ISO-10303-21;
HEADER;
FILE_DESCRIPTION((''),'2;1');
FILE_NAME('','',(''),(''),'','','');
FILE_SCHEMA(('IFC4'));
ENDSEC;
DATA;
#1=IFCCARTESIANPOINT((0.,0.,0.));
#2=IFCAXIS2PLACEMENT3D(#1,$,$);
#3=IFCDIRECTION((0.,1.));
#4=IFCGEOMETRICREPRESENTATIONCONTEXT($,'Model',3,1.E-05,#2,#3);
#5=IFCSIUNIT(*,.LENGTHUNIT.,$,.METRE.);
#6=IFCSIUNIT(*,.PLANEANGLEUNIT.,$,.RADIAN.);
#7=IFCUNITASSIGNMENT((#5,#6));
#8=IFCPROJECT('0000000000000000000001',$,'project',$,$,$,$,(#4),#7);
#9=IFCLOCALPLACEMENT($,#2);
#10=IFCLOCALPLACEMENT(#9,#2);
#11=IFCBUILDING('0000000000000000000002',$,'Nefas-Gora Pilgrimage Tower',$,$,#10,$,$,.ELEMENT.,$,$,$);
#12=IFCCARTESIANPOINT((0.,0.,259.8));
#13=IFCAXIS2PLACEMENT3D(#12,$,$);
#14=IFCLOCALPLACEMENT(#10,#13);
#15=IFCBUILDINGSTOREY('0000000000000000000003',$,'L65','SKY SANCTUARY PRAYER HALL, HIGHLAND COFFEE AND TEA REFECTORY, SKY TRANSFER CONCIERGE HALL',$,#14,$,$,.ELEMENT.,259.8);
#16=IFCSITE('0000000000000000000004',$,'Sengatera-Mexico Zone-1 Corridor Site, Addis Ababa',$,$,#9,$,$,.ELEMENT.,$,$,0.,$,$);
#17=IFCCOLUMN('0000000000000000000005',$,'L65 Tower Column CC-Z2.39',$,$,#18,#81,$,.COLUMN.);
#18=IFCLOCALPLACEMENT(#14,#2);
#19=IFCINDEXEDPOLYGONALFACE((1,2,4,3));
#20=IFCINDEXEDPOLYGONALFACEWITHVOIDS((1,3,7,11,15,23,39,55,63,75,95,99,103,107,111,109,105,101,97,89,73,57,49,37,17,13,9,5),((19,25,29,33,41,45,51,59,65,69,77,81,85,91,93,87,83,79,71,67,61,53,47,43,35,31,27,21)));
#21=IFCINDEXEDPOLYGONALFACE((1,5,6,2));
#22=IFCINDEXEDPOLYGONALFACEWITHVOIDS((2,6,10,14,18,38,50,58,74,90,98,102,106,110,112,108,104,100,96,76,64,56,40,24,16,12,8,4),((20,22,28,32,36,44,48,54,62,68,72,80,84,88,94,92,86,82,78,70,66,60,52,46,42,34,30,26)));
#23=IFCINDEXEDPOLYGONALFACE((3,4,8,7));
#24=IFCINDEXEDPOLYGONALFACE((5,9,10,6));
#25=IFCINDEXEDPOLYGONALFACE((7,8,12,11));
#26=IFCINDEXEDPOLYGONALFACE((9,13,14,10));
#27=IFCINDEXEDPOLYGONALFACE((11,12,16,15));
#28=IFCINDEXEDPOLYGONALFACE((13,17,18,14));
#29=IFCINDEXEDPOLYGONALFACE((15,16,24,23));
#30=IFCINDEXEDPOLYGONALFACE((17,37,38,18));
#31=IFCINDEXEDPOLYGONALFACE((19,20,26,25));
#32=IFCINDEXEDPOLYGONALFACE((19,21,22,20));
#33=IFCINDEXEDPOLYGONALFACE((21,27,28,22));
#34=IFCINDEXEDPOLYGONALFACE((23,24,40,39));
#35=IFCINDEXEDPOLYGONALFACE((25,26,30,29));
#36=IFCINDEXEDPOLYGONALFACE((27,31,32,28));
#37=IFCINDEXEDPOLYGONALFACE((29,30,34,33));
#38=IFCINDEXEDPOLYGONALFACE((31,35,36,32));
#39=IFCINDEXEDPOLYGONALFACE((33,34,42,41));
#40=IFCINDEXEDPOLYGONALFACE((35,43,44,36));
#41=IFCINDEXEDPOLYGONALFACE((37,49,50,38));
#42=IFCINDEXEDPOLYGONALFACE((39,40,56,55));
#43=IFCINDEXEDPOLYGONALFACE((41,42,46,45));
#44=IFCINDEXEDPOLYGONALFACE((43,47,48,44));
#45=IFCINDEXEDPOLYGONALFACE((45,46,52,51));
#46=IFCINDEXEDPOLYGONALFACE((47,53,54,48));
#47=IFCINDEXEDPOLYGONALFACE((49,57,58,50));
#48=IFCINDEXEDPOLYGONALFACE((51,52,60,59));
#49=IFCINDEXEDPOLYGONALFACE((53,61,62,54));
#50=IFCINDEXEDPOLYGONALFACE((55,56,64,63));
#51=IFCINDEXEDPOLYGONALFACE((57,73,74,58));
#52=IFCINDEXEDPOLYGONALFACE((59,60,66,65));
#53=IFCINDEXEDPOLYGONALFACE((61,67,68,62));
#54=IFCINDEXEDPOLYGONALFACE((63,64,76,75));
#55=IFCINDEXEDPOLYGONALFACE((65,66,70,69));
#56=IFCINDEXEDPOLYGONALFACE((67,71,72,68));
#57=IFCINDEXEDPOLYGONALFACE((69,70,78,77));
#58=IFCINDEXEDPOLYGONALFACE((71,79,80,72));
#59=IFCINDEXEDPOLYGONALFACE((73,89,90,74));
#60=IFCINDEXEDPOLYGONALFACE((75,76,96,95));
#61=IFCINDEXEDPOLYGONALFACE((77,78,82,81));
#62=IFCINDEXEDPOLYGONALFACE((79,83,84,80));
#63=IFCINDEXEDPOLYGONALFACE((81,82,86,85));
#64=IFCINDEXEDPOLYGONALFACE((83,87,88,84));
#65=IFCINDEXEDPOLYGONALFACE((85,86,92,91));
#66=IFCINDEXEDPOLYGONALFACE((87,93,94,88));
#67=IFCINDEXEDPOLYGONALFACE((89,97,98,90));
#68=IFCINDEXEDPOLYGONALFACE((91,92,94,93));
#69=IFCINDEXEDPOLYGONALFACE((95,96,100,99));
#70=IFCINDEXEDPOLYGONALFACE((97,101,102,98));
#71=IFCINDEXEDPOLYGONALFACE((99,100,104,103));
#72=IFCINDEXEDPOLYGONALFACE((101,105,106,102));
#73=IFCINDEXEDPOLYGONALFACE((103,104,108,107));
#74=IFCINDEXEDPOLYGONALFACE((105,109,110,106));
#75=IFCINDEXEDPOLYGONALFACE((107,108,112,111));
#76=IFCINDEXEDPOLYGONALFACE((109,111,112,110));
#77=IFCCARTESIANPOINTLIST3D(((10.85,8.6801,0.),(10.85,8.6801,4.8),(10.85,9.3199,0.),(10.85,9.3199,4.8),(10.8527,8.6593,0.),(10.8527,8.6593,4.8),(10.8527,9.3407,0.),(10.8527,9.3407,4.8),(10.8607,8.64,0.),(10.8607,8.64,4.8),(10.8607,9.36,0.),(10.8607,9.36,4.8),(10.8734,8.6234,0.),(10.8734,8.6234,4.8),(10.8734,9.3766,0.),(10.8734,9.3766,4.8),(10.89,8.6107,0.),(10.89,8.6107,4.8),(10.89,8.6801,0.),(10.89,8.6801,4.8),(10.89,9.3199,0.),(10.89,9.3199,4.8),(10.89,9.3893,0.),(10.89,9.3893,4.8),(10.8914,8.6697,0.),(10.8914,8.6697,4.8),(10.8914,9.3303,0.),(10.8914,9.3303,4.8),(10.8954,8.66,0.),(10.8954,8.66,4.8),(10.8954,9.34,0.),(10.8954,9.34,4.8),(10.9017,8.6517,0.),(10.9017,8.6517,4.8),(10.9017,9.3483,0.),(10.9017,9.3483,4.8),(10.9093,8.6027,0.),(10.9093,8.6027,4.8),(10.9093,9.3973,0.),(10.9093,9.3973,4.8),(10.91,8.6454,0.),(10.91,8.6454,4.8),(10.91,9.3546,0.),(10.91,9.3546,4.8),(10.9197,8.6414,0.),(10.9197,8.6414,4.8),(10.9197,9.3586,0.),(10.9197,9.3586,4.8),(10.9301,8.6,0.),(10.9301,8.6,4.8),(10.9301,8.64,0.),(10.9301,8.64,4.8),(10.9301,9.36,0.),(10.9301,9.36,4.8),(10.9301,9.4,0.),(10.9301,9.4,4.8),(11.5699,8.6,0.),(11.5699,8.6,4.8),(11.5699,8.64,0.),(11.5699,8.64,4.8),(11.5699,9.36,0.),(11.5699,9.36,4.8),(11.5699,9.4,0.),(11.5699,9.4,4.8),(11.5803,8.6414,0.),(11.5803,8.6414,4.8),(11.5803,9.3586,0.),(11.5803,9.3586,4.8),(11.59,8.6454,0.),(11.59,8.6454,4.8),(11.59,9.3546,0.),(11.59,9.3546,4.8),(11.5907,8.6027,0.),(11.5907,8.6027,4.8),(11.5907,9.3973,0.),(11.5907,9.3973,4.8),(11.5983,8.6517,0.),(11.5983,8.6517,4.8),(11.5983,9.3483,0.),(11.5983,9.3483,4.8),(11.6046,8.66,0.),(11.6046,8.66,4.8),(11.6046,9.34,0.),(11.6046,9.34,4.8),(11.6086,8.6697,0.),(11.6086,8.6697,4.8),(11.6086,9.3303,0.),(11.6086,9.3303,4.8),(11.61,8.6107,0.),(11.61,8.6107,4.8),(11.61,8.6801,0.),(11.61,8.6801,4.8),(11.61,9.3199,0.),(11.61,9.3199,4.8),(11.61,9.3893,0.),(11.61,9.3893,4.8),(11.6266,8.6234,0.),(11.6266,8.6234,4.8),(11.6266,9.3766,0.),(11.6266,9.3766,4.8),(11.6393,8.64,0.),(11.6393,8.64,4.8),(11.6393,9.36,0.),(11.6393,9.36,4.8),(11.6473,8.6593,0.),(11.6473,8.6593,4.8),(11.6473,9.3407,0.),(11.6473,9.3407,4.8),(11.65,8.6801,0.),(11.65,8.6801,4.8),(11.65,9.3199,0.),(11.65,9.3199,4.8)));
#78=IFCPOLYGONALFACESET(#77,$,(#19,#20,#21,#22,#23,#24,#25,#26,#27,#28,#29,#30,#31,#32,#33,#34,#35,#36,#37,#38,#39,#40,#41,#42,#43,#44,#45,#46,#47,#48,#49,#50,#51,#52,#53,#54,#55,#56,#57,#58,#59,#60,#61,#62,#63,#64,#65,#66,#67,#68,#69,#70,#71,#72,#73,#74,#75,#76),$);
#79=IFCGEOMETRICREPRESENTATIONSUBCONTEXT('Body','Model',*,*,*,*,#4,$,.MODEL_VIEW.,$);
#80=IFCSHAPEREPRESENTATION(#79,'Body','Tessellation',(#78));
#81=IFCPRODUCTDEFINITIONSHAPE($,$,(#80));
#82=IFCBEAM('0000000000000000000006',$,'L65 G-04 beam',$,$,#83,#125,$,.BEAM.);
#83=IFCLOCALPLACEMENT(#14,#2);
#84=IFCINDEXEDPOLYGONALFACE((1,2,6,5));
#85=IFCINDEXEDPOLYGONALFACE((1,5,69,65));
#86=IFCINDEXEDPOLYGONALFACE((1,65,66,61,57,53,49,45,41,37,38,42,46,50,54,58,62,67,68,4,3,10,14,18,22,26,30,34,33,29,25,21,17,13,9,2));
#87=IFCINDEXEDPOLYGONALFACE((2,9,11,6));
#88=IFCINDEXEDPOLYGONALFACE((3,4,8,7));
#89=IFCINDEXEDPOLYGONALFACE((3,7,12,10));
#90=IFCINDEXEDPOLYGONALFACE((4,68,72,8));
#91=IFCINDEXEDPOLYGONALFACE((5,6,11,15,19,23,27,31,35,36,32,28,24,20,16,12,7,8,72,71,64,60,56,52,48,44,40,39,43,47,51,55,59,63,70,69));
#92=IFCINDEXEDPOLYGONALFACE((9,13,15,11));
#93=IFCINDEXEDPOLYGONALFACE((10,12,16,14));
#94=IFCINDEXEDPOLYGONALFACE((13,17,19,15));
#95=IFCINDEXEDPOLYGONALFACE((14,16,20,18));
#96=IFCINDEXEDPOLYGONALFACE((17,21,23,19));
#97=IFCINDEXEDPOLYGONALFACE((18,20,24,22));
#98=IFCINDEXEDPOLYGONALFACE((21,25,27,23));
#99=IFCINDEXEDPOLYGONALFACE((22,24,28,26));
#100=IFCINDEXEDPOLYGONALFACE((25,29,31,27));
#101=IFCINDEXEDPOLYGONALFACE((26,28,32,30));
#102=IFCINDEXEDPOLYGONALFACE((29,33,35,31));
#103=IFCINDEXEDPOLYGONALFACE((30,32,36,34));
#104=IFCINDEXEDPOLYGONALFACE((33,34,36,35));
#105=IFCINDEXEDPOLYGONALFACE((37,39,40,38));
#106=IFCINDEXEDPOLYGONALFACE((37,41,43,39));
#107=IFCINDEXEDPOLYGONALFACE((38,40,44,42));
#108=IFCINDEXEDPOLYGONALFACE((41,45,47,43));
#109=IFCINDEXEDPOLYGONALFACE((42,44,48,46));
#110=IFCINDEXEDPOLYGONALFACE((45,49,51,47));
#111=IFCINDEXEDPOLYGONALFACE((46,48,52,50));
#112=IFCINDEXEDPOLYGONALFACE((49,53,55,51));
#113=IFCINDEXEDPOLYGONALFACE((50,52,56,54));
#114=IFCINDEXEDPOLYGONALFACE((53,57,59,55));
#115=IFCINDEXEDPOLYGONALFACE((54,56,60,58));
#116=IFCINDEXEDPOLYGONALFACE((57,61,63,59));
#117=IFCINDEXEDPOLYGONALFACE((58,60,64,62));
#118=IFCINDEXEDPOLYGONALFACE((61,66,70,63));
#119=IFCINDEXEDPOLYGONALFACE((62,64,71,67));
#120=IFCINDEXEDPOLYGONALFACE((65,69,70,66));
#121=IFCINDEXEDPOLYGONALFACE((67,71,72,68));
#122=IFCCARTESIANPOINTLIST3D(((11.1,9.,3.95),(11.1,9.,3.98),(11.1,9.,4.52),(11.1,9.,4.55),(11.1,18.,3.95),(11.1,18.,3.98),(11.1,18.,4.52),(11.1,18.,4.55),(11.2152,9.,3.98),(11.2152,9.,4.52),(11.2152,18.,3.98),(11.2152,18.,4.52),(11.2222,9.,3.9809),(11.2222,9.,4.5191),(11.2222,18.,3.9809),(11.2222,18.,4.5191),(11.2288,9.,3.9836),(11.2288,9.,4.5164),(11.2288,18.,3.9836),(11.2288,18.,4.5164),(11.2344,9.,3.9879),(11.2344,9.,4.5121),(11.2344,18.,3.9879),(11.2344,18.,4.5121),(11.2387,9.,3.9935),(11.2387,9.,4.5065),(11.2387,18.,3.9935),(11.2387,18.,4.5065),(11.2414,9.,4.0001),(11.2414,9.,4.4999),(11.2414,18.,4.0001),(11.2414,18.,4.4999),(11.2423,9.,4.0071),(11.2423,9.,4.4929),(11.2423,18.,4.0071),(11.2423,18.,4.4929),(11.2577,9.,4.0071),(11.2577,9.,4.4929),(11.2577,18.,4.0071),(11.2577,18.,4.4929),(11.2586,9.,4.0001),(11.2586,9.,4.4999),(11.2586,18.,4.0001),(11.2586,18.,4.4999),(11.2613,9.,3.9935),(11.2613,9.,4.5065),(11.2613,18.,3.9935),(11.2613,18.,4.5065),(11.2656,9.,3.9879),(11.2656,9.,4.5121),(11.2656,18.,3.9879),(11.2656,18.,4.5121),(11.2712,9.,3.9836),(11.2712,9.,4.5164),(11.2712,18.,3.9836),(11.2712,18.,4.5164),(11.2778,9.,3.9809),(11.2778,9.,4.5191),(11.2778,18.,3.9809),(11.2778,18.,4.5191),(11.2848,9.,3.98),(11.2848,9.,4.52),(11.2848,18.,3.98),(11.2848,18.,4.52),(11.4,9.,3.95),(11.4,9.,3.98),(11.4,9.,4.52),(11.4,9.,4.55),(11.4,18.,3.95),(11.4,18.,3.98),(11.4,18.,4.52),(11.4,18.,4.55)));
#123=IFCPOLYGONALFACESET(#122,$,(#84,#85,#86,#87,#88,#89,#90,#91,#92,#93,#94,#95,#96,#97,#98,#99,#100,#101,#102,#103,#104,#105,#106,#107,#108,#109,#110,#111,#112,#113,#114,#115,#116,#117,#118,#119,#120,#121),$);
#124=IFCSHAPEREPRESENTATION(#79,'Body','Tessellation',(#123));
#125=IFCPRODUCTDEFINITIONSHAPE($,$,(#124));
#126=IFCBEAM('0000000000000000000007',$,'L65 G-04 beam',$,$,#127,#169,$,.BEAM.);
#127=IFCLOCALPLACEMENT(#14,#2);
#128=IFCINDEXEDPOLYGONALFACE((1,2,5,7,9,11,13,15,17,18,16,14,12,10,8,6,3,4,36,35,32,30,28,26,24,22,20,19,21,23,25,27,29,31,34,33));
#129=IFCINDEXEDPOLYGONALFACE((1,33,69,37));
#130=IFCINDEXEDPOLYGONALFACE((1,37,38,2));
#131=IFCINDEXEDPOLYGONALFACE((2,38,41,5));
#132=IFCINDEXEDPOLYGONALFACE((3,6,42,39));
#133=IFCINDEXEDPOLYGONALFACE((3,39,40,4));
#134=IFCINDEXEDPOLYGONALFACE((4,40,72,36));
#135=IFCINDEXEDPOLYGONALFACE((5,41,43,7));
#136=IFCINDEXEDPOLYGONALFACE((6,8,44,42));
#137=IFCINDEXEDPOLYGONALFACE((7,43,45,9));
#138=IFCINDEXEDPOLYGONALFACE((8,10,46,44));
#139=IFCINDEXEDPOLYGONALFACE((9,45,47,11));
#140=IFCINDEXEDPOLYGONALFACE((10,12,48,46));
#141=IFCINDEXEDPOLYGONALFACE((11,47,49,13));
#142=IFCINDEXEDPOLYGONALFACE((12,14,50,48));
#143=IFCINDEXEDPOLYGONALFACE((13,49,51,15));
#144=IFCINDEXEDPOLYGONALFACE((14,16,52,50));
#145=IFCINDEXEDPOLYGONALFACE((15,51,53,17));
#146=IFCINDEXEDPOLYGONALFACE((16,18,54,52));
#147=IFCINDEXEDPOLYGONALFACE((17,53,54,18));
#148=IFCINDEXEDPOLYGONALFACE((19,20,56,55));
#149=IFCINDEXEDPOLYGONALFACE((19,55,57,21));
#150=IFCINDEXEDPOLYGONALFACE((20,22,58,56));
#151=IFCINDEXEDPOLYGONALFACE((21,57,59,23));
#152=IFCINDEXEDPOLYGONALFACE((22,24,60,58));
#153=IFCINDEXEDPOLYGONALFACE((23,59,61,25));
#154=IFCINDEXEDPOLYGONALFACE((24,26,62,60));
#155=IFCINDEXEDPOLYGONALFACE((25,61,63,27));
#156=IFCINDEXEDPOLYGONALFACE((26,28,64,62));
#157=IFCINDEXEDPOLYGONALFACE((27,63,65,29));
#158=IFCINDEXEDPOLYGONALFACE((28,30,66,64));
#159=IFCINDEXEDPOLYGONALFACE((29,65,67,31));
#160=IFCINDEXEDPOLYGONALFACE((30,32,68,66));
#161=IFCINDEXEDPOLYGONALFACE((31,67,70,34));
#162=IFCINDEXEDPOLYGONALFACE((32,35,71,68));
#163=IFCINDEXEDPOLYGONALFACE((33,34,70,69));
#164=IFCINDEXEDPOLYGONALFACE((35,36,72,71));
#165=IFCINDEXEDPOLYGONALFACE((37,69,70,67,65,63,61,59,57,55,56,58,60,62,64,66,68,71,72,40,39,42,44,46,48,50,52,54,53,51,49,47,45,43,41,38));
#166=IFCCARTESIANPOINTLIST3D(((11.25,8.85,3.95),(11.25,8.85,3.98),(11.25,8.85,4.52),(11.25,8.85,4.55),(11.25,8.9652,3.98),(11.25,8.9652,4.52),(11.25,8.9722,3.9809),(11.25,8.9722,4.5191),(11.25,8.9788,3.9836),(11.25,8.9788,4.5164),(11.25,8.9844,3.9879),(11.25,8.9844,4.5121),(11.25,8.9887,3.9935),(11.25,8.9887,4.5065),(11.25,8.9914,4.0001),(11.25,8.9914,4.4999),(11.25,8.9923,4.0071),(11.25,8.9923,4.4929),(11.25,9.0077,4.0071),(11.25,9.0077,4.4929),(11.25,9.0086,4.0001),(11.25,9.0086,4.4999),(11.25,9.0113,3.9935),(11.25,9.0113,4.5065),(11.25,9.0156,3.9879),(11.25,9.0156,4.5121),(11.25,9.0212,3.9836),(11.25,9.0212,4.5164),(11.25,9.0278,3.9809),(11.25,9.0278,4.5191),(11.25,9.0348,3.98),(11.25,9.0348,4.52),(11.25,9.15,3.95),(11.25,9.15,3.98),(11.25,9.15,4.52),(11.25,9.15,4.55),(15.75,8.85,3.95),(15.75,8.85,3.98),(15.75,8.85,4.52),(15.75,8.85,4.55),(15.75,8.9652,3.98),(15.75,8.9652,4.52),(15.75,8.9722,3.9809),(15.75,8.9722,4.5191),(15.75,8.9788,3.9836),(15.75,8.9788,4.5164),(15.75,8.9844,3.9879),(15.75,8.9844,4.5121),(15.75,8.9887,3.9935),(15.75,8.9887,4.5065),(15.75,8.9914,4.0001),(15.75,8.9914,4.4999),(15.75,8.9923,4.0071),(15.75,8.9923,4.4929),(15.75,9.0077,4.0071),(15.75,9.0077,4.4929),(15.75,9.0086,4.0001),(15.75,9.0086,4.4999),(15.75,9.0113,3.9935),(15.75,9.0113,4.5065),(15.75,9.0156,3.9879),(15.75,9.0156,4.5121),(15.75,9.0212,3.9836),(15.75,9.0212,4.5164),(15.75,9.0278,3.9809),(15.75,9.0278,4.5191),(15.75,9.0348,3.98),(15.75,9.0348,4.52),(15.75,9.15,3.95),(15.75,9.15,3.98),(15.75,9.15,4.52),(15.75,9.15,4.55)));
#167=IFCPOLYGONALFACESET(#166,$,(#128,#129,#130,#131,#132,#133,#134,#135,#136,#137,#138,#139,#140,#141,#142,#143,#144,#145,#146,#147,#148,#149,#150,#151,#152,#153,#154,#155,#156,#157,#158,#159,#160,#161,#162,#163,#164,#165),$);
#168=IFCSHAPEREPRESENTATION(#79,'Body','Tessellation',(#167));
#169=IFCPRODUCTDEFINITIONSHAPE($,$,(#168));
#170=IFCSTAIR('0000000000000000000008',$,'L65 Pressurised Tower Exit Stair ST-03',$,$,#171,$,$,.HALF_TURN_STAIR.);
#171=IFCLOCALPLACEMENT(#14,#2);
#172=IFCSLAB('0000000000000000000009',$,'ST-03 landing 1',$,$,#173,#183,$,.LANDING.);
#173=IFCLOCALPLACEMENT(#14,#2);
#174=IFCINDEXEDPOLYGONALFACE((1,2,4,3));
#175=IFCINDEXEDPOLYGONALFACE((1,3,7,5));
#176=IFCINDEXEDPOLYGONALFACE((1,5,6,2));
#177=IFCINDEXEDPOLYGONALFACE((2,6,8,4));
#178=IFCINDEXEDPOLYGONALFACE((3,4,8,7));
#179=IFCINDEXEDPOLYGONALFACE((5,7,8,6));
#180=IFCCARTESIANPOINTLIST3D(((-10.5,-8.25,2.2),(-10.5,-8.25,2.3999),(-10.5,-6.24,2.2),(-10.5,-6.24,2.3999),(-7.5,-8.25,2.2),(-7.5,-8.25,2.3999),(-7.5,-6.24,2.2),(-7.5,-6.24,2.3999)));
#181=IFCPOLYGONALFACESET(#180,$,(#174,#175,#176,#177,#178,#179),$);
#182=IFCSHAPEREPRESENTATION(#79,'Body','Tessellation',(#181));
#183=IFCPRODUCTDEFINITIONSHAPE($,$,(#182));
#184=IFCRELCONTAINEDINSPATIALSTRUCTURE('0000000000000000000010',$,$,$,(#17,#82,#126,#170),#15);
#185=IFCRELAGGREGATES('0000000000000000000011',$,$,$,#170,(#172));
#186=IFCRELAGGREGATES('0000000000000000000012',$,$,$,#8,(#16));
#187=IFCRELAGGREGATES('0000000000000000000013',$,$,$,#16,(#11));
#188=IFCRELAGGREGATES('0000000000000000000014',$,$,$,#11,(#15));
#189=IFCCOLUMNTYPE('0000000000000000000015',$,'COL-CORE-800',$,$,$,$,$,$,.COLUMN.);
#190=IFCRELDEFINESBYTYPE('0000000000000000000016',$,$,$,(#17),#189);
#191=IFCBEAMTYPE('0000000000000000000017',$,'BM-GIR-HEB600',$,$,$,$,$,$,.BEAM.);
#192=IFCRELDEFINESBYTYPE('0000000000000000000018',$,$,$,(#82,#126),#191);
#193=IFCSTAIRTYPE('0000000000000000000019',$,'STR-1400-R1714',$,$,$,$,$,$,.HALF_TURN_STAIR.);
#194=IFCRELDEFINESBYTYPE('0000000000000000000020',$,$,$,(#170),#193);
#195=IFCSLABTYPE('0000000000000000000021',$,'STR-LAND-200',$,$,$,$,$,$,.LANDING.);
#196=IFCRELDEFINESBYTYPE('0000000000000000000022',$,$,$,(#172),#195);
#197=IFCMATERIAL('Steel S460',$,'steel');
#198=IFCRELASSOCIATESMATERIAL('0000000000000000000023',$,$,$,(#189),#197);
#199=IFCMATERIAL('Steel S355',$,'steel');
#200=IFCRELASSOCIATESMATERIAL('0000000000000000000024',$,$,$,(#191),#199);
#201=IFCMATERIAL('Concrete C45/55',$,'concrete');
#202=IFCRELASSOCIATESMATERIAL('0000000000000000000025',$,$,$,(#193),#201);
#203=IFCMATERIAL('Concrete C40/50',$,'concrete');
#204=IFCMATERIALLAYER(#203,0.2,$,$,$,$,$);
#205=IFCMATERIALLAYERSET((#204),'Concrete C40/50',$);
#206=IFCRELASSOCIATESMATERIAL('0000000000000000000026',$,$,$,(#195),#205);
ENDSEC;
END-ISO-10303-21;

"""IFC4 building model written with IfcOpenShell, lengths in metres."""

from ifc_helpers import new_model, si_unit, direction, frame, origin, origin_2d, place, context, subcontext, project, spatial, polyline, hollow_rectangle, i_section, outline, extrude, source, transform, mapped, material, layer, layer_set, material_profile, profile_set, type_object, element, aggregate, save


model = new_model("IFC4")

# Units and contexts
model_context = context("Model", 3, precision=1e-05, world=origin(), true_north=direction((0.0, 1.0)))
body_context = subcontext(model_context, "Body", "Model", "MODEL_VIEW")
ifc_project = project(units=[si_unit("LENGTHUNIT", "METRE"), si_unit("PLANEANGLEUNIT", "RADIAN")], contexts=[model_context])

# Site, building, storey
site_placement = place(None, origin())
site = spatial("IfcSite", under=ifc_project, at=site_placement, Name="Sengatera-Mexico Zone-1 Corridor Site, Addis Ababa", CompositionType="ELEMENT", RefElevation=0.0)
building_placement = place(site_placement, origin())
building = spatial("IfcBuilding", under=site, at=building_placement, Name="Nefas-Gora Pilgrimage Tower", CompositionType="ELEMENT")
storey_placement = place(building_placement, frame((0.0, 0.0, 259.8)))
storey = spatial("IfcBuildingStorey", under=building, at=storey_placement, Name="L65", Description="SKY SANCTUARY PRAYER HALL, HIGHLAND COFFEE AND TEA REFECTORY, SKY TRANSFER CONCIERGE HALL", CompositionType="ELEMENT", Elevation=259.8)

# Column
ifc_material_1 = material(Name="Steel S460", Category="steel")
ifc_material_profile_1 = material_profile(ifc_material_1, hollow_rectangle(XDim=0.8, YDim=0.8, WallThickness=0.04, InnerFilletRadius=0.04, OuterFilletRadius=0.0801, at=origin_2d()), Name="BOX 800x800x40")
ifc_profile_set_1 = profile_set([ifc_material_profile_1], Name="Steel S460")
column_type = type_object("IfcColumnType", Name="COL-CORE-800", PredefinedType="COLUMN", material=ifc_profile_set_1)
shared_shape_1 = source(origin(), body_context, "Body", "SweptSolid", [
    extrude(hollow_rectangle(XDim=0.8, YDim=0.8, WallThickness=0.04, InnerFilletRadius=0.04, OuterFilletRadius=0.0801, at=origin_2d()), origin(), (0.0, 0.0, 1.0), 4.8),
])
column_placement = place(storey_placement, frame((11.25, 9.0, 0.0), z_axis=(0.0, 0.0, 1.0), x_axis=(1.0, 0.0, 0.0)))
element("IfcColumn", 1, at=column_placement, inside=storey, type_object=column_type, Name="L65 Tower Column CC-Z2.39", PredefinedType="COLUMN", context=body_context, shape_type="MappedRepresentation", body=[
    mapped(shared_shape_1, transform((0.0, 0.0, 0.0), x_axis=(1.0, 0.0, 0.0), y_axis=(0.0, 1.0, 0.0), z_axis=(0.0, 0.0, 1.0), scale=1.0)),
])

# Beams
ifc_material_2 = material(Name="Steel S355", Category="steel")
ifc_material_profile_2 = material_profile(ifc_material_2, i_section(OverallWidth=0.3, OverallDepth=0.6001, WebThickness=0.0154, FlangeThickness=0.03, FilletRadius=0.0271, at=origin_2d()), Name="HEB 600")
ifc_profile_set_2 = profile_set([ifc_material_profile_2], Name="Steel S355")
beam_type = type_object("IfcBeamType", Name="BM-GIR-HEB600", PredefinedType="BEAM", material=ifc_profile_set_2)
shared_shape_2 = source(origin(), body_context, "Body", "SweptSolid", [
    extrude(i_section(OverallWidth=0.3, OverallDepth=0.6001, WebThickness=0.0154, FlangeThickness=0.03, FilletRadius=0.0271, at=origin_2d()), origin(), (0.0, 0.0, 1.0), 9.0),
])
beam_1_placement = place(storey_placement, frame((11.25, 9.0, 4.25), z_axis=(0.0, 1.0, 0.0), x_axis=(-1.0, 0.0, 0.0)))
element("IfcBeam", 2, at=beam_1_placement, inside=storey, type_object=beam_type, Name="L65 G-04 beam", PredefinedType="BEAM", context=body_context, shape_type="MappedRepresentation", body=[
    mapped(shared_shape_2, transform((0.0, 0.0, 0.0), x_axis=(1.0, 0.0, 0.0), y_axis=(0.0, 1.0, 0.0), z_axis=(0.0, 0.0, 1.0), scale=1.0)),
])
shared_shape_3 = source(origin(), body_context, "Body", "SweptSolid", [
    extrude(i_section(OverallWidth=0.3, OverallDepth=0.6001, WebThickness=0.0154, FlangeThickness=0.03, FilletRadius=0.0271, at=origin_2d()), origin(), (0.0, 0.0, 1.0), 4.5),
])
beam_2_placement = place(storey_placement, frame((11.25, 9.0, 4.25), z_axis=(1.0, 0.0, 0.0), x_axis=(0.0, 1.0, 0.0)))
element("IfcBeam", 3, at=beam_2_placement, inside=storey, type_object=beam_type, Name="L65 G-04 beam", PredefinedType="BEAM", context=body_context, shape_type="MappedRepresentation", body=[
    mapped(shared_shape_3, transform((0.0, 0.0, 0.0), x_axis=(1.0, 0.0, 0.0), y_axis=(0.0, 1.0, 0.0), z_axis=(0.0, 0.0, 1.0), scale=1.0)),
])

# Stair, slab
ifc_material_3 = material(Name="Concrete C45/55", Category="concrete")
stair_type = type_object("IfcStairType", Name="STR-1400-R1714", PredefinedType="HALF_TURN_STAIR", material=ifc_material_3)
stair_placement = place(storey_placement, origin())
stair = element("IfcStair", 4, at=stair_placement, inside=storey, type_object=stair_type, Name="L65 Pressurised Tower Exit Stair ST-03", PredefinedType="HALF_TURN_STAIR")
ifc_material_4 = material(Name="Concrete C40/50", Category="concrete")
ifc_layer_1 = layer(ifc_material_4, 0.2)
ifc_layer_set_1 = layer_set([ifc_layer_1], Name="Concrete C40/50")
slab_type = type_object("IfcSlabType", Name="STR-LAND-200", PredefinedType="LANDING", material=ifc_layer_set_1)
slab_placement = place(storey_placement, frame((0.0, 0.0, 2.2)))
slab = element("IfcSlab", 5, at=slab_placement, type_object=slab_type, Name="ST-03 landing 1", PredefinedType="LANDING", context=body_context, shape_type="SweptSolid", body=[
    extrude(outline(polyline([(-10.5, -6.24), (-10.5, -8.25), (-7.5, -8.25), (-7.5, -6.24), (-10.5, -6.24)])), origin(), (0.0, 0.0, 1.0), 0.2),
])
aggregate(stair, [slab])

save(model, "model.ifc")
